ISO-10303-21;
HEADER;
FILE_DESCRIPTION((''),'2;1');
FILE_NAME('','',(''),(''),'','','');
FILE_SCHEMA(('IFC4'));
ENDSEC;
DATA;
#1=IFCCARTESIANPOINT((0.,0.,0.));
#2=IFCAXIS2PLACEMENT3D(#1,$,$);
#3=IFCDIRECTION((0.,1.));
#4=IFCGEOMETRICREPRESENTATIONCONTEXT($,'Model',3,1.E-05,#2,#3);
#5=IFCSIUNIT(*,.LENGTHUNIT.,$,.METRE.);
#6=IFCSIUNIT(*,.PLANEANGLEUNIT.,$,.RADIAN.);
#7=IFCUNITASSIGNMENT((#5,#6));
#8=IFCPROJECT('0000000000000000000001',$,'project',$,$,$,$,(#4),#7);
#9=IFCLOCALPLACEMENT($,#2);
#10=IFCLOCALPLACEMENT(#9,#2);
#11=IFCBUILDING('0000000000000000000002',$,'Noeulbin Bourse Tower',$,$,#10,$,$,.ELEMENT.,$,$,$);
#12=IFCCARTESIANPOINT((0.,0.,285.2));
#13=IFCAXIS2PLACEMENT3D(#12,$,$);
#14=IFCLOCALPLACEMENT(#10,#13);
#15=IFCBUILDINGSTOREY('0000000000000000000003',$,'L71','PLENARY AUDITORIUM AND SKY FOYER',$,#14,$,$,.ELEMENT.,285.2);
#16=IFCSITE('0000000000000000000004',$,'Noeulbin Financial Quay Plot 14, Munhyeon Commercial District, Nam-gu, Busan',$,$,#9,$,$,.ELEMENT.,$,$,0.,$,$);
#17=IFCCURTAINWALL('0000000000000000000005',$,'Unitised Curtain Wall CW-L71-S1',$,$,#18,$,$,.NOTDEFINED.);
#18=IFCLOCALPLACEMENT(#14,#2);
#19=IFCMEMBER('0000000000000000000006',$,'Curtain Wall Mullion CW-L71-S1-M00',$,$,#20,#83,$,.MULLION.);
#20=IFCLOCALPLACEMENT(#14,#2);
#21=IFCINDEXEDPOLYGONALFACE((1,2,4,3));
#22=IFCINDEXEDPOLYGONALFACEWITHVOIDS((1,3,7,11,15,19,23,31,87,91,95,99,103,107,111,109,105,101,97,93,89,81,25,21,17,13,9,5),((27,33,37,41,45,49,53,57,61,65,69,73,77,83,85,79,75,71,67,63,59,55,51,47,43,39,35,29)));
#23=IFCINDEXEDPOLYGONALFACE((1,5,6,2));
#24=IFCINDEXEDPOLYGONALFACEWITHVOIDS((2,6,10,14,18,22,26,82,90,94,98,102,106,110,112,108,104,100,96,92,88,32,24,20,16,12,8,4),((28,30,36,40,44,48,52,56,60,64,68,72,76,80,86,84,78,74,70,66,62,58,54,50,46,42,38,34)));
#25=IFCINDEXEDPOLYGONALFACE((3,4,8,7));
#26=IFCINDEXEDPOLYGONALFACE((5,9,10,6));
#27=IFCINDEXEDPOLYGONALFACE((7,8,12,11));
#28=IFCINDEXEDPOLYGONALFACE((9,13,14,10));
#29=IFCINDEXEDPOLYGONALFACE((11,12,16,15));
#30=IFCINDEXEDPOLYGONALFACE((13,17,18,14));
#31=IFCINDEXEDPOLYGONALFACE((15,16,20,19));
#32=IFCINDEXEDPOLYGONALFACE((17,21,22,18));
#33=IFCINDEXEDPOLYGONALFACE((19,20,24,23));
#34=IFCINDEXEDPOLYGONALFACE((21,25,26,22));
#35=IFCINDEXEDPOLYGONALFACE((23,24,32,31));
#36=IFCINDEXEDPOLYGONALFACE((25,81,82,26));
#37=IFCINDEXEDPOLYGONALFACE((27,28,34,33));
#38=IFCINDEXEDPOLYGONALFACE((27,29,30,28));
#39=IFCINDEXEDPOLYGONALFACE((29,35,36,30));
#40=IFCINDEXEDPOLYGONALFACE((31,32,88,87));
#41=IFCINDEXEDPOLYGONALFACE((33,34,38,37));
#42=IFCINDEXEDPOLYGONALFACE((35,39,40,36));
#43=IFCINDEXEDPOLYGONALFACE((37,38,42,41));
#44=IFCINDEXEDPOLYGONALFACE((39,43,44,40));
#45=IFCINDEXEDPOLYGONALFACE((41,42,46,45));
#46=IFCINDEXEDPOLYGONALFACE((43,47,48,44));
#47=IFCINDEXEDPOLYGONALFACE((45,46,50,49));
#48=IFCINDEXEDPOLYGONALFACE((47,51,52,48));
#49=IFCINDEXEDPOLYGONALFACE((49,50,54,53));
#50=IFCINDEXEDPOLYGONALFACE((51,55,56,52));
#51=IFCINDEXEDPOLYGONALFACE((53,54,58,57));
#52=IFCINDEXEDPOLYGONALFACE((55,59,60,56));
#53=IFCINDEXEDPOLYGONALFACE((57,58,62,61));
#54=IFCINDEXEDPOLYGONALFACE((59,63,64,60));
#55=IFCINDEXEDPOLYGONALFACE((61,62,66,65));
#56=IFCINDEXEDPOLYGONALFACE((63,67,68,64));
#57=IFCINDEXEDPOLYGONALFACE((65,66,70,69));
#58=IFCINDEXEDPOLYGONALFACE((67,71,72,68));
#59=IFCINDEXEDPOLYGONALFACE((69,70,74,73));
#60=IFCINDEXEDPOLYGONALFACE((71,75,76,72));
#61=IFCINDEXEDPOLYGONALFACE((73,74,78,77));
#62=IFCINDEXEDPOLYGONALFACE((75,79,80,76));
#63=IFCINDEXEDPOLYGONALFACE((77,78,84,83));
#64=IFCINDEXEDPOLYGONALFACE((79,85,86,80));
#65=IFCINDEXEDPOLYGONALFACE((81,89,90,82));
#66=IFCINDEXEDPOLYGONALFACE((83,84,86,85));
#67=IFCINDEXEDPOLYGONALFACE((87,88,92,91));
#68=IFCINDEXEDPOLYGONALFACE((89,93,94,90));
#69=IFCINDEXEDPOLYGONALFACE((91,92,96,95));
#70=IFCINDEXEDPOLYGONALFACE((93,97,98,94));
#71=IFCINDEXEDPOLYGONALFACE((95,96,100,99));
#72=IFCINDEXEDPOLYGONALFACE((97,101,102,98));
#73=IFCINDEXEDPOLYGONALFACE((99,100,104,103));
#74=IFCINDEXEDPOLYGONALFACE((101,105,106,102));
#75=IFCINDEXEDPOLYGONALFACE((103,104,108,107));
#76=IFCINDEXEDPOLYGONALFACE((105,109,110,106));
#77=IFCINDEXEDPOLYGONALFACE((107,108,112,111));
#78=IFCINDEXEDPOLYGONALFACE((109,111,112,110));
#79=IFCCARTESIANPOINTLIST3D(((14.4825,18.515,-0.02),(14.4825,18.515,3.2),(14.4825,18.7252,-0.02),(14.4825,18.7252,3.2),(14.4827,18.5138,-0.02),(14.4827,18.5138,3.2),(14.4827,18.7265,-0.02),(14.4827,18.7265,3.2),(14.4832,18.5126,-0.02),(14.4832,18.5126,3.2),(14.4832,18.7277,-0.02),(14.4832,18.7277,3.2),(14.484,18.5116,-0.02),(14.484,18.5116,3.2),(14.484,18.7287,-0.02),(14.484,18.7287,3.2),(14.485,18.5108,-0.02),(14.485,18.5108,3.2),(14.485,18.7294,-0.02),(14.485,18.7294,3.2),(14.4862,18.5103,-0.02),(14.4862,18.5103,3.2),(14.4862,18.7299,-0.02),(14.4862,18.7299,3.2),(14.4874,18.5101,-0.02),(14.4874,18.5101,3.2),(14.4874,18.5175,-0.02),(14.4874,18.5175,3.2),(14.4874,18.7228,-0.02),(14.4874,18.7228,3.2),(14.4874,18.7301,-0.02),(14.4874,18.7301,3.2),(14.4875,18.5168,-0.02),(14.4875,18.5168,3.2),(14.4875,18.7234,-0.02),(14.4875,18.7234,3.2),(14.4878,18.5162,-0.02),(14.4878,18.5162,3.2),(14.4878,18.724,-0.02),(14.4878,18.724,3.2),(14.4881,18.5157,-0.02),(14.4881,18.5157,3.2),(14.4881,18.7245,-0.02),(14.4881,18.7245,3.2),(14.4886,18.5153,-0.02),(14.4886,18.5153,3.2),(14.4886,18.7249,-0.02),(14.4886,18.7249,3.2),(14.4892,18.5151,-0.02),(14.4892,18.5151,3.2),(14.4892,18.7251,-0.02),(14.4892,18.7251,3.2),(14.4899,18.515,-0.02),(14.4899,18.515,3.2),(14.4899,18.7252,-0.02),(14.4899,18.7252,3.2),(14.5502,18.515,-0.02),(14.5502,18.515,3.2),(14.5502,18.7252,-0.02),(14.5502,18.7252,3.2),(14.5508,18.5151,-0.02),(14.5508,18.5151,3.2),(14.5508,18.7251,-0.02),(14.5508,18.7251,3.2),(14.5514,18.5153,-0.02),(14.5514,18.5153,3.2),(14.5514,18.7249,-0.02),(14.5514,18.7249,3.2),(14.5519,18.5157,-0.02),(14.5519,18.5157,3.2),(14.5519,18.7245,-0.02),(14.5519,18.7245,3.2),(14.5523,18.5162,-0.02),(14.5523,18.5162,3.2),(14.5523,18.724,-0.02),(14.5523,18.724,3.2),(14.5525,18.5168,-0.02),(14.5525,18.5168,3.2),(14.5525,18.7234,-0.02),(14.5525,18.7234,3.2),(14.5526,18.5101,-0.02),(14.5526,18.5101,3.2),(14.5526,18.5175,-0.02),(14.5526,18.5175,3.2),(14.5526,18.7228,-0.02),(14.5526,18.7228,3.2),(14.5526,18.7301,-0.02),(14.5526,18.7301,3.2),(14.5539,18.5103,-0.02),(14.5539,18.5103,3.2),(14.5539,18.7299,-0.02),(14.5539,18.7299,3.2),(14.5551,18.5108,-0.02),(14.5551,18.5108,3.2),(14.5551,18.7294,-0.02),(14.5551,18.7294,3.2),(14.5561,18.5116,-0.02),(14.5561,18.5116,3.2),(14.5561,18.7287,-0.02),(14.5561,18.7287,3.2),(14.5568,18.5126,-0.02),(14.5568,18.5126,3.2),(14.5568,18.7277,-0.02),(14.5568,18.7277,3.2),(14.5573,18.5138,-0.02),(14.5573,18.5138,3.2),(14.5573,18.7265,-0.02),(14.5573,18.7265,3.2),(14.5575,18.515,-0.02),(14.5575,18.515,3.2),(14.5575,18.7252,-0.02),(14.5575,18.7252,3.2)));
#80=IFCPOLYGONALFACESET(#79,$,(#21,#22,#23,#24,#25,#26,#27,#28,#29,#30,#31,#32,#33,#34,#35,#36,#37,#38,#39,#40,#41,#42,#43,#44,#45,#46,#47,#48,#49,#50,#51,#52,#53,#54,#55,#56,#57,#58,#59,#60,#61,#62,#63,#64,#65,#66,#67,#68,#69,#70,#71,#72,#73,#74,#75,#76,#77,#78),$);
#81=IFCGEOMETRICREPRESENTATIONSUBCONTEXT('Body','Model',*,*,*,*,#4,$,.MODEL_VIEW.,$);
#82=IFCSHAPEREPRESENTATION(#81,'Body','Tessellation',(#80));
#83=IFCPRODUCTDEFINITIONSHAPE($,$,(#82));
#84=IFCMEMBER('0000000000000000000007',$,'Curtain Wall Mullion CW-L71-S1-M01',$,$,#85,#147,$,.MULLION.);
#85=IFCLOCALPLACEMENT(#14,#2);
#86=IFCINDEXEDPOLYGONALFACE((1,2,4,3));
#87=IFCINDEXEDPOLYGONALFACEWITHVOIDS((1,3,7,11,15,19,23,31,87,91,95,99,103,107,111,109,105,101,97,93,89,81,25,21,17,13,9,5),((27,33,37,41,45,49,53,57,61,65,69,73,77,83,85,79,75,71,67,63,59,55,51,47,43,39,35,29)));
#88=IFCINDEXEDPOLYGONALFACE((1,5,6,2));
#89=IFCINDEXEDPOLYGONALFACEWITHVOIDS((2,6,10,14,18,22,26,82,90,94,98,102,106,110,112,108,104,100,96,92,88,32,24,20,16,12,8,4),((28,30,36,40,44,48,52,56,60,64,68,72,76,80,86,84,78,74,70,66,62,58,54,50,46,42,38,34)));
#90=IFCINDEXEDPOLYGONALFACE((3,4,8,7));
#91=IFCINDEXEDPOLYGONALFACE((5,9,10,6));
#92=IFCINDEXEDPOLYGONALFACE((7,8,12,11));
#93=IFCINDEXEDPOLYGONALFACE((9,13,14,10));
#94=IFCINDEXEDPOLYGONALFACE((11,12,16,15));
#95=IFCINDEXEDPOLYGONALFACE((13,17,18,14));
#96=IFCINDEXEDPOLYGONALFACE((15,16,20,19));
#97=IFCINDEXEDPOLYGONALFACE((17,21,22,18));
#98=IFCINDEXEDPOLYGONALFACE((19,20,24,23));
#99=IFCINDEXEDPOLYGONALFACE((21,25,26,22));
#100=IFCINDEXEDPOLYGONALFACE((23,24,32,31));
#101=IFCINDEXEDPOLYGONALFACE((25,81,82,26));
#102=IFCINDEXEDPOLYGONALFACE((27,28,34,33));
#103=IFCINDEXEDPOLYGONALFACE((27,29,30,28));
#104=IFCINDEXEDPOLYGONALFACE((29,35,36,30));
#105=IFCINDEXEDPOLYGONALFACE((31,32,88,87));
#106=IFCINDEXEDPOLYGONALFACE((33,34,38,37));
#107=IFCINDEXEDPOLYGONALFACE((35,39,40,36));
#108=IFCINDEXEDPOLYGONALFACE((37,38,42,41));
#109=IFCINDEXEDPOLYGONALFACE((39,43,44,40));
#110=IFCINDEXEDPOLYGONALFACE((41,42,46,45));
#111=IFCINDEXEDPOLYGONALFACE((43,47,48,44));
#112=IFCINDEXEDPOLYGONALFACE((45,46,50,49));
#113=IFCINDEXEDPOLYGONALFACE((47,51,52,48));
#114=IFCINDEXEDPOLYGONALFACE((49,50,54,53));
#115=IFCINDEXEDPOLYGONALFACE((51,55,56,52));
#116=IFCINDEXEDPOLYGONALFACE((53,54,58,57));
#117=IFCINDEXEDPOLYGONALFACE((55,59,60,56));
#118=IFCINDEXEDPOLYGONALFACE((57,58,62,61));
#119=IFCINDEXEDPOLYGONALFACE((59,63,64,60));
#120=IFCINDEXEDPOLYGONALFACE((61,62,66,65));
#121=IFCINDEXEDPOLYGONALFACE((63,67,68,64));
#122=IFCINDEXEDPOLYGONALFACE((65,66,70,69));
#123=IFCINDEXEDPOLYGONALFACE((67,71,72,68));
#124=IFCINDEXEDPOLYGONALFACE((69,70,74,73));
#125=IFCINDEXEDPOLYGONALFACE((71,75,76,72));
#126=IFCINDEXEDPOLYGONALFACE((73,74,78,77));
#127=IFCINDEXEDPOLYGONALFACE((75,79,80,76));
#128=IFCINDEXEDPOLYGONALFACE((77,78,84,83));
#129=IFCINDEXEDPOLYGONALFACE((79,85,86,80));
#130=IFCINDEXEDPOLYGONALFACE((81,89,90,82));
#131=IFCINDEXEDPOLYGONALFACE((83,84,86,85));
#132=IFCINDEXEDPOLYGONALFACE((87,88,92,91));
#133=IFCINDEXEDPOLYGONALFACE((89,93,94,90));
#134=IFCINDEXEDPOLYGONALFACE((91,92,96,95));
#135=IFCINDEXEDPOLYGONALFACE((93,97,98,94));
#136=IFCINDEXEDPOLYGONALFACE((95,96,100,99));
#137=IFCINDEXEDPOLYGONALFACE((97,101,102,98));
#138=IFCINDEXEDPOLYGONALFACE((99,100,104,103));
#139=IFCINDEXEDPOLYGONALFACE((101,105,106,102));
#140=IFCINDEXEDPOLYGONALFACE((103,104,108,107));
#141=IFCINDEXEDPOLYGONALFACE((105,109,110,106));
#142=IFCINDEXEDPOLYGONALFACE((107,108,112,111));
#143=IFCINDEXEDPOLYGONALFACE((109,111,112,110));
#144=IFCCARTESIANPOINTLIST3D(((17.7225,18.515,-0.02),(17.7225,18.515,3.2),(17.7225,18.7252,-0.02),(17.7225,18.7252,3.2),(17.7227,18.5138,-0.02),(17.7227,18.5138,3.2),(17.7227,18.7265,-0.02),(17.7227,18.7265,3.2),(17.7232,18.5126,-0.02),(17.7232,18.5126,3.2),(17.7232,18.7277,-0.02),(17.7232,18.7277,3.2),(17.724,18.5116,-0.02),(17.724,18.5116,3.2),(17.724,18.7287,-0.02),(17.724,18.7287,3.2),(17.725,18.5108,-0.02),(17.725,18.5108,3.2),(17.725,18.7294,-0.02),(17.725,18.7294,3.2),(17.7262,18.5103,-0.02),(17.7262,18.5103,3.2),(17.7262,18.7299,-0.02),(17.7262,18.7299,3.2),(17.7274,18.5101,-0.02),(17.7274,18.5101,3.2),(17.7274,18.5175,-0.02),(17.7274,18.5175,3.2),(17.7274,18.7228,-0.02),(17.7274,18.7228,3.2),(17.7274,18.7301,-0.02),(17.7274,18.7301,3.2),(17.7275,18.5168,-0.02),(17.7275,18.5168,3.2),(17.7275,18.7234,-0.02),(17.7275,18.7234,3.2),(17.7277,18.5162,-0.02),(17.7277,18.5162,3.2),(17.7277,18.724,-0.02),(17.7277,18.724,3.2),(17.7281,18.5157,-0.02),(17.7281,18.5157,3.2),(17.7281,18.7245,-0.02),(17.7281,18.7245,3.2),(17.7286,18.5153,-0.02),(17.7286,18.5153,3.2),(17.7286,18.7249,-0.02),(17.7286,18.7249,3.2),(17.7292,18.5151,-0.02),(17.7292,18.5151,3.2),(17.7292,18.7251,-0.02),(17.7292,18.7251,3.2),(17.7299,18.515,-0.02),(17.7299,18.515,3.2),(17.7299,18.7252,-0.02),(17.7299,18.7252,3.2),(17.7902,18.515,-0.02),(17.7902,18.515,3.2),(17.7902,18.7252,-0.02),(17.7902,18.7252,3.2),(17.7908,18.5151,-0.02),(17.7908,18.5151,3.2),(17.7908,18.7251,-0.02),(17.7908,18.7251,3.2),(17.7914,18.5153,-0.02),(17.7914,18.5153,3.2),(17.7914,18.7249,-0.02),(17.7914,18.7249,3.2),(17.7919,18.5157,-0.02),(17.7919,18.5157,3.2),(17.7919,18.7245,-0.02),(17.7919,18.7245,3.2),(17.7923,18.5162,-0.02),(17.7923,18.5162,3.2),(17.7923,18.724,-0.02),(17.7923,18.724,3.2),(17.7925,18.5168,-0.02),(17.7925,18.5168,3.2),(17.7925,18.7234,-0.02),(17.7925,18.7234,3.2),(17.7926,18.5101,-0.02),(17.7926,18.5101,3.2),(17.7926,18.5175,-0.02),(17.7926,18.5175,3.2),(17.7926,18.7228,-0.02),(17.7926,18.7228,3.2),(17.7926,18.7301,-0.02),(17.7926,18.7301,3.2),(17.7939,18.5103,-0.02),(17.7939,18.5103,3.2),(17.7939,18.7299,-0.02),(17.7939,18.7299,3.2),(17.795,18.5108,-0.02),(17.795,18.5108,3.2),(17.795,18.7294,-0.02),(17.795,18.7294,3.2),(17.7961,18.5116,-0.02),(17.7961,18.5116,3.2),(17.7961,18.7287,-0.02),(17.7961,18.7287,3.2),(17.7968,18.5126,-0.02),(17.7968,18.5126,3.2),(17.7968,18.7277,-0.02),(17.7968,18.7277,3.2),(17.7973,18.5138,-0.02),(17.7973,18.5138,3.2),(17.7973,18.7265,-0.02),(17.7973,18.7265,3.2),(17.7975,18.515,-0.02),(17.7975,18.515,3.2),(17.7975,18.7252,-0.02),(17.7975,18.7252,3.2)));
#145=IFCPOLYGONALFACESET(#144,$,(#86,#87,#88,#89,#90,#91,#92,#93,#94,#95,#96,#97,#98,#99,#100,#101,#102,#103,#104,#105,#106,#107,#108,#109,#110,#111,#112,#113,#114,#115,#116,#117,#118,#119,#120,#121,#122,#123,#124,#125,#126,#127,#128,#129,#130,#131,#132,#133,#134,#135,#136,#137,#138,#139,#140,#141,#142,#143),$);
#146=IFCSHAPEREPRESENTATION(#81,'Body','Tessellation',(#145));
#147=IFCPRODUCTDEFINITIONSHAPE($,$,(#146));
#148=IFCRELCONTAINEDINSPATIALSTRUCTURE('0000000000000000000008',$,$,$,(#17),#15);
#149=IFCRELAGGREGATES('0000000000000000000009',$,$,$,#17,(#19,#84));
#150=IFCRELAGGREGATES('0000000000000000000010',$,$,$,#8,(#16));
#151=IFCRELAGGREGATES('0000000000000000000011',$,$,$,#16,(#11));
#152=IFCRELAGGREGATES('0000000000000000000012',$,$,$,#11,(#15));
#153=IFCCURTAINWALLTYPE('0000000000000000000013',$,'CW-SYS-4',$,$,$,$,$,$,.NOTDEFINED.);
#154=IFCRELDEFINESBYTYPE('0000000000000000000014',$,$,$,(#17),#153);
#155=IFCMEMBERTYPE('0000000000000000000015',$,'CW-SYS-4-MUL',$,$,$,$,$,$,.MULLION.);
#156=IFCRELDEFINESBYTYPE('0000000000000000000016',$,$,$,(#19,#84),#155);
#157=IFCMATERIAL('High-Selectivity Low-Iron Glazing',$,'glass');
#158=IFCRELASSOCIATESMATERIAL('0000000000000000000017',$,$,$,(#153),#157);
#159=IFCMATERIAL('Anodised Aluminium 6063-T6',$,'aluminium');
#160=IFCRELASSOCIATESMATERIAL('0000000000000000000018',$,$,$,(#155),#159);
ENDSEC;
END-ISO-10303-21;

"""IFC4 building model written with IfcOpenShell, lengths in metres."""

from ifc_helpers import new_model, si_unit, direction, frame, origin, origin_2d, place, context, subcontext, project, spatial, hollow_rectangle, extrude, material, material_profile, profile_set, type_object, element, aggregate, save


model = new_model("IFC4")

# Units and contexts
model_context = context("Model", 3, precision=1e-05, world=origin(), true_north=direction((0.0, 1.0)))
body_context = subcontext(model_context, "Body", "Model", "MODEL_VIEW")
ifc_project = project(units=[si_unit("LENGTHUNIT", "METRE"), si_unit("PLANEANGLEUNIT", "RADIAN")], contexts=[model_context])

# Site, building, storey
site_placement = place(None, origin())
site = spatial("IfcSite", under=ifc_project, at=site_placement, Name="Noeulbin Financial Quay Plot 14, Munhyeon Commercial District, Nam-gu, Busan", CompositionType="ELEMENT", RefElevation=0.0)
building_placement = place(site_placement, origin())
building = spatial("IfcBuilding", under=site, at=building_placement, Name="Noeulbin Bourse Tower", CompositionType="ELEMENT")
storey_placement = place(building_placement, frame((0.0, 0.0, 285.2)))
storey = spatial("IfcBuildingStorey", under=building, at=storey_placement, Name="L71", Description="PLENARY AUDITORIUM AND SKY FOYER", CompositionType="ELEMENT", Elevation=285.2)

# Curtain wall, members
ifc_material_1 = material(Name="High-Selectivity Low-Iron Glazing", Category="glass")
curtain_wall_type = type_object("IfcCurtainWallType", Name="CW-SYS-4", PredefinedType="NOTDEFINED", material=ifc_material_1)
curtain_wall_1_placement = place(storey_placement, origin())
curtain_wall_1 = element("IfcCurtainWall", 1, at=curtain_wall_1_placement, inside=storey, type_object=curtain_wall_type, Name="Unitised Curtain Wall CW-L71-S1", PredefinedType="NOTDEFINED")
ifc_material_2 = material(Name="Anodised Aluminium 6063-T6", Category="aluminium")
ifc_material_profile_1 = material_profile(ifc_material_2, hollow_rectangle(XDim=0.075, YDim=0.22, WallThickness=0.0049, InnerFilletRadius=0.0024, OuterFilletRadius=0.0049, at=origin_2d()), Name="ALU-MULL-75x220x5", Category="LoadBearing")
ifc_profile_set_1 = profile_set([ifc_material_profile_1], Name="Anodised Aluminium 6063-T6")
member_type_1 = type_object("IfcMemberType", Name="CW-SYS-4-MUL", PredefinedType="MULLION", material=ifc_profile_set_1)
member_1_placement = place(storey_placement, frame((14.52, 18.6201, -0.02), z_axis=(0.0, 0.0, 1.0), x_axis=(1.0, 0.0, 0.0)))
member_1 = element("IfcMember", 2, at=member_1_placement, type_object=member_type_1, Name="Curtain Wall Mullion CW-L71-S1-M00", PredefinedType="MULLION", context=body_context, shape_type="SweptSolid", body=[
    extrude(hollow_rectangle(XDim=0.075, YDim=0.22, WallThickness=0.0049, InnerFilletRadius=0.0024, OuterFilletRadius=0.0049, at=origin_2d()), origin(), (0.0, 0.0, 1.0), 3.22),
])
member_2_placement = place(storey_placement, frame((17.76, 18.6201, -0.02), z_axis=(0.0, 0.0, 1.0), x_axis=(1.0, 0.0, 0.0)))
member_2 = element("IfcMember", 3, at=member_2_placement, type_object=member_type_1, Name="Curtain Wall Mullion CW-L71-S1-M01", PredefinedType="MULLION", context=body_context, shape_type="SweptSolid", body=[
    extrude(hollow_rectangle(XDim=0.075, YDim=0.22, WallThickness=0.0049, InnerFilletRadius=0.0024, OuterFilletRadius=0.0049, at=origin_2d()), origin(), (0.0, 0.0, 1.0), 3.22),
])

aggregate(curtain_wall_1, [member_1, member_2])

save(model, "model.ifc")
